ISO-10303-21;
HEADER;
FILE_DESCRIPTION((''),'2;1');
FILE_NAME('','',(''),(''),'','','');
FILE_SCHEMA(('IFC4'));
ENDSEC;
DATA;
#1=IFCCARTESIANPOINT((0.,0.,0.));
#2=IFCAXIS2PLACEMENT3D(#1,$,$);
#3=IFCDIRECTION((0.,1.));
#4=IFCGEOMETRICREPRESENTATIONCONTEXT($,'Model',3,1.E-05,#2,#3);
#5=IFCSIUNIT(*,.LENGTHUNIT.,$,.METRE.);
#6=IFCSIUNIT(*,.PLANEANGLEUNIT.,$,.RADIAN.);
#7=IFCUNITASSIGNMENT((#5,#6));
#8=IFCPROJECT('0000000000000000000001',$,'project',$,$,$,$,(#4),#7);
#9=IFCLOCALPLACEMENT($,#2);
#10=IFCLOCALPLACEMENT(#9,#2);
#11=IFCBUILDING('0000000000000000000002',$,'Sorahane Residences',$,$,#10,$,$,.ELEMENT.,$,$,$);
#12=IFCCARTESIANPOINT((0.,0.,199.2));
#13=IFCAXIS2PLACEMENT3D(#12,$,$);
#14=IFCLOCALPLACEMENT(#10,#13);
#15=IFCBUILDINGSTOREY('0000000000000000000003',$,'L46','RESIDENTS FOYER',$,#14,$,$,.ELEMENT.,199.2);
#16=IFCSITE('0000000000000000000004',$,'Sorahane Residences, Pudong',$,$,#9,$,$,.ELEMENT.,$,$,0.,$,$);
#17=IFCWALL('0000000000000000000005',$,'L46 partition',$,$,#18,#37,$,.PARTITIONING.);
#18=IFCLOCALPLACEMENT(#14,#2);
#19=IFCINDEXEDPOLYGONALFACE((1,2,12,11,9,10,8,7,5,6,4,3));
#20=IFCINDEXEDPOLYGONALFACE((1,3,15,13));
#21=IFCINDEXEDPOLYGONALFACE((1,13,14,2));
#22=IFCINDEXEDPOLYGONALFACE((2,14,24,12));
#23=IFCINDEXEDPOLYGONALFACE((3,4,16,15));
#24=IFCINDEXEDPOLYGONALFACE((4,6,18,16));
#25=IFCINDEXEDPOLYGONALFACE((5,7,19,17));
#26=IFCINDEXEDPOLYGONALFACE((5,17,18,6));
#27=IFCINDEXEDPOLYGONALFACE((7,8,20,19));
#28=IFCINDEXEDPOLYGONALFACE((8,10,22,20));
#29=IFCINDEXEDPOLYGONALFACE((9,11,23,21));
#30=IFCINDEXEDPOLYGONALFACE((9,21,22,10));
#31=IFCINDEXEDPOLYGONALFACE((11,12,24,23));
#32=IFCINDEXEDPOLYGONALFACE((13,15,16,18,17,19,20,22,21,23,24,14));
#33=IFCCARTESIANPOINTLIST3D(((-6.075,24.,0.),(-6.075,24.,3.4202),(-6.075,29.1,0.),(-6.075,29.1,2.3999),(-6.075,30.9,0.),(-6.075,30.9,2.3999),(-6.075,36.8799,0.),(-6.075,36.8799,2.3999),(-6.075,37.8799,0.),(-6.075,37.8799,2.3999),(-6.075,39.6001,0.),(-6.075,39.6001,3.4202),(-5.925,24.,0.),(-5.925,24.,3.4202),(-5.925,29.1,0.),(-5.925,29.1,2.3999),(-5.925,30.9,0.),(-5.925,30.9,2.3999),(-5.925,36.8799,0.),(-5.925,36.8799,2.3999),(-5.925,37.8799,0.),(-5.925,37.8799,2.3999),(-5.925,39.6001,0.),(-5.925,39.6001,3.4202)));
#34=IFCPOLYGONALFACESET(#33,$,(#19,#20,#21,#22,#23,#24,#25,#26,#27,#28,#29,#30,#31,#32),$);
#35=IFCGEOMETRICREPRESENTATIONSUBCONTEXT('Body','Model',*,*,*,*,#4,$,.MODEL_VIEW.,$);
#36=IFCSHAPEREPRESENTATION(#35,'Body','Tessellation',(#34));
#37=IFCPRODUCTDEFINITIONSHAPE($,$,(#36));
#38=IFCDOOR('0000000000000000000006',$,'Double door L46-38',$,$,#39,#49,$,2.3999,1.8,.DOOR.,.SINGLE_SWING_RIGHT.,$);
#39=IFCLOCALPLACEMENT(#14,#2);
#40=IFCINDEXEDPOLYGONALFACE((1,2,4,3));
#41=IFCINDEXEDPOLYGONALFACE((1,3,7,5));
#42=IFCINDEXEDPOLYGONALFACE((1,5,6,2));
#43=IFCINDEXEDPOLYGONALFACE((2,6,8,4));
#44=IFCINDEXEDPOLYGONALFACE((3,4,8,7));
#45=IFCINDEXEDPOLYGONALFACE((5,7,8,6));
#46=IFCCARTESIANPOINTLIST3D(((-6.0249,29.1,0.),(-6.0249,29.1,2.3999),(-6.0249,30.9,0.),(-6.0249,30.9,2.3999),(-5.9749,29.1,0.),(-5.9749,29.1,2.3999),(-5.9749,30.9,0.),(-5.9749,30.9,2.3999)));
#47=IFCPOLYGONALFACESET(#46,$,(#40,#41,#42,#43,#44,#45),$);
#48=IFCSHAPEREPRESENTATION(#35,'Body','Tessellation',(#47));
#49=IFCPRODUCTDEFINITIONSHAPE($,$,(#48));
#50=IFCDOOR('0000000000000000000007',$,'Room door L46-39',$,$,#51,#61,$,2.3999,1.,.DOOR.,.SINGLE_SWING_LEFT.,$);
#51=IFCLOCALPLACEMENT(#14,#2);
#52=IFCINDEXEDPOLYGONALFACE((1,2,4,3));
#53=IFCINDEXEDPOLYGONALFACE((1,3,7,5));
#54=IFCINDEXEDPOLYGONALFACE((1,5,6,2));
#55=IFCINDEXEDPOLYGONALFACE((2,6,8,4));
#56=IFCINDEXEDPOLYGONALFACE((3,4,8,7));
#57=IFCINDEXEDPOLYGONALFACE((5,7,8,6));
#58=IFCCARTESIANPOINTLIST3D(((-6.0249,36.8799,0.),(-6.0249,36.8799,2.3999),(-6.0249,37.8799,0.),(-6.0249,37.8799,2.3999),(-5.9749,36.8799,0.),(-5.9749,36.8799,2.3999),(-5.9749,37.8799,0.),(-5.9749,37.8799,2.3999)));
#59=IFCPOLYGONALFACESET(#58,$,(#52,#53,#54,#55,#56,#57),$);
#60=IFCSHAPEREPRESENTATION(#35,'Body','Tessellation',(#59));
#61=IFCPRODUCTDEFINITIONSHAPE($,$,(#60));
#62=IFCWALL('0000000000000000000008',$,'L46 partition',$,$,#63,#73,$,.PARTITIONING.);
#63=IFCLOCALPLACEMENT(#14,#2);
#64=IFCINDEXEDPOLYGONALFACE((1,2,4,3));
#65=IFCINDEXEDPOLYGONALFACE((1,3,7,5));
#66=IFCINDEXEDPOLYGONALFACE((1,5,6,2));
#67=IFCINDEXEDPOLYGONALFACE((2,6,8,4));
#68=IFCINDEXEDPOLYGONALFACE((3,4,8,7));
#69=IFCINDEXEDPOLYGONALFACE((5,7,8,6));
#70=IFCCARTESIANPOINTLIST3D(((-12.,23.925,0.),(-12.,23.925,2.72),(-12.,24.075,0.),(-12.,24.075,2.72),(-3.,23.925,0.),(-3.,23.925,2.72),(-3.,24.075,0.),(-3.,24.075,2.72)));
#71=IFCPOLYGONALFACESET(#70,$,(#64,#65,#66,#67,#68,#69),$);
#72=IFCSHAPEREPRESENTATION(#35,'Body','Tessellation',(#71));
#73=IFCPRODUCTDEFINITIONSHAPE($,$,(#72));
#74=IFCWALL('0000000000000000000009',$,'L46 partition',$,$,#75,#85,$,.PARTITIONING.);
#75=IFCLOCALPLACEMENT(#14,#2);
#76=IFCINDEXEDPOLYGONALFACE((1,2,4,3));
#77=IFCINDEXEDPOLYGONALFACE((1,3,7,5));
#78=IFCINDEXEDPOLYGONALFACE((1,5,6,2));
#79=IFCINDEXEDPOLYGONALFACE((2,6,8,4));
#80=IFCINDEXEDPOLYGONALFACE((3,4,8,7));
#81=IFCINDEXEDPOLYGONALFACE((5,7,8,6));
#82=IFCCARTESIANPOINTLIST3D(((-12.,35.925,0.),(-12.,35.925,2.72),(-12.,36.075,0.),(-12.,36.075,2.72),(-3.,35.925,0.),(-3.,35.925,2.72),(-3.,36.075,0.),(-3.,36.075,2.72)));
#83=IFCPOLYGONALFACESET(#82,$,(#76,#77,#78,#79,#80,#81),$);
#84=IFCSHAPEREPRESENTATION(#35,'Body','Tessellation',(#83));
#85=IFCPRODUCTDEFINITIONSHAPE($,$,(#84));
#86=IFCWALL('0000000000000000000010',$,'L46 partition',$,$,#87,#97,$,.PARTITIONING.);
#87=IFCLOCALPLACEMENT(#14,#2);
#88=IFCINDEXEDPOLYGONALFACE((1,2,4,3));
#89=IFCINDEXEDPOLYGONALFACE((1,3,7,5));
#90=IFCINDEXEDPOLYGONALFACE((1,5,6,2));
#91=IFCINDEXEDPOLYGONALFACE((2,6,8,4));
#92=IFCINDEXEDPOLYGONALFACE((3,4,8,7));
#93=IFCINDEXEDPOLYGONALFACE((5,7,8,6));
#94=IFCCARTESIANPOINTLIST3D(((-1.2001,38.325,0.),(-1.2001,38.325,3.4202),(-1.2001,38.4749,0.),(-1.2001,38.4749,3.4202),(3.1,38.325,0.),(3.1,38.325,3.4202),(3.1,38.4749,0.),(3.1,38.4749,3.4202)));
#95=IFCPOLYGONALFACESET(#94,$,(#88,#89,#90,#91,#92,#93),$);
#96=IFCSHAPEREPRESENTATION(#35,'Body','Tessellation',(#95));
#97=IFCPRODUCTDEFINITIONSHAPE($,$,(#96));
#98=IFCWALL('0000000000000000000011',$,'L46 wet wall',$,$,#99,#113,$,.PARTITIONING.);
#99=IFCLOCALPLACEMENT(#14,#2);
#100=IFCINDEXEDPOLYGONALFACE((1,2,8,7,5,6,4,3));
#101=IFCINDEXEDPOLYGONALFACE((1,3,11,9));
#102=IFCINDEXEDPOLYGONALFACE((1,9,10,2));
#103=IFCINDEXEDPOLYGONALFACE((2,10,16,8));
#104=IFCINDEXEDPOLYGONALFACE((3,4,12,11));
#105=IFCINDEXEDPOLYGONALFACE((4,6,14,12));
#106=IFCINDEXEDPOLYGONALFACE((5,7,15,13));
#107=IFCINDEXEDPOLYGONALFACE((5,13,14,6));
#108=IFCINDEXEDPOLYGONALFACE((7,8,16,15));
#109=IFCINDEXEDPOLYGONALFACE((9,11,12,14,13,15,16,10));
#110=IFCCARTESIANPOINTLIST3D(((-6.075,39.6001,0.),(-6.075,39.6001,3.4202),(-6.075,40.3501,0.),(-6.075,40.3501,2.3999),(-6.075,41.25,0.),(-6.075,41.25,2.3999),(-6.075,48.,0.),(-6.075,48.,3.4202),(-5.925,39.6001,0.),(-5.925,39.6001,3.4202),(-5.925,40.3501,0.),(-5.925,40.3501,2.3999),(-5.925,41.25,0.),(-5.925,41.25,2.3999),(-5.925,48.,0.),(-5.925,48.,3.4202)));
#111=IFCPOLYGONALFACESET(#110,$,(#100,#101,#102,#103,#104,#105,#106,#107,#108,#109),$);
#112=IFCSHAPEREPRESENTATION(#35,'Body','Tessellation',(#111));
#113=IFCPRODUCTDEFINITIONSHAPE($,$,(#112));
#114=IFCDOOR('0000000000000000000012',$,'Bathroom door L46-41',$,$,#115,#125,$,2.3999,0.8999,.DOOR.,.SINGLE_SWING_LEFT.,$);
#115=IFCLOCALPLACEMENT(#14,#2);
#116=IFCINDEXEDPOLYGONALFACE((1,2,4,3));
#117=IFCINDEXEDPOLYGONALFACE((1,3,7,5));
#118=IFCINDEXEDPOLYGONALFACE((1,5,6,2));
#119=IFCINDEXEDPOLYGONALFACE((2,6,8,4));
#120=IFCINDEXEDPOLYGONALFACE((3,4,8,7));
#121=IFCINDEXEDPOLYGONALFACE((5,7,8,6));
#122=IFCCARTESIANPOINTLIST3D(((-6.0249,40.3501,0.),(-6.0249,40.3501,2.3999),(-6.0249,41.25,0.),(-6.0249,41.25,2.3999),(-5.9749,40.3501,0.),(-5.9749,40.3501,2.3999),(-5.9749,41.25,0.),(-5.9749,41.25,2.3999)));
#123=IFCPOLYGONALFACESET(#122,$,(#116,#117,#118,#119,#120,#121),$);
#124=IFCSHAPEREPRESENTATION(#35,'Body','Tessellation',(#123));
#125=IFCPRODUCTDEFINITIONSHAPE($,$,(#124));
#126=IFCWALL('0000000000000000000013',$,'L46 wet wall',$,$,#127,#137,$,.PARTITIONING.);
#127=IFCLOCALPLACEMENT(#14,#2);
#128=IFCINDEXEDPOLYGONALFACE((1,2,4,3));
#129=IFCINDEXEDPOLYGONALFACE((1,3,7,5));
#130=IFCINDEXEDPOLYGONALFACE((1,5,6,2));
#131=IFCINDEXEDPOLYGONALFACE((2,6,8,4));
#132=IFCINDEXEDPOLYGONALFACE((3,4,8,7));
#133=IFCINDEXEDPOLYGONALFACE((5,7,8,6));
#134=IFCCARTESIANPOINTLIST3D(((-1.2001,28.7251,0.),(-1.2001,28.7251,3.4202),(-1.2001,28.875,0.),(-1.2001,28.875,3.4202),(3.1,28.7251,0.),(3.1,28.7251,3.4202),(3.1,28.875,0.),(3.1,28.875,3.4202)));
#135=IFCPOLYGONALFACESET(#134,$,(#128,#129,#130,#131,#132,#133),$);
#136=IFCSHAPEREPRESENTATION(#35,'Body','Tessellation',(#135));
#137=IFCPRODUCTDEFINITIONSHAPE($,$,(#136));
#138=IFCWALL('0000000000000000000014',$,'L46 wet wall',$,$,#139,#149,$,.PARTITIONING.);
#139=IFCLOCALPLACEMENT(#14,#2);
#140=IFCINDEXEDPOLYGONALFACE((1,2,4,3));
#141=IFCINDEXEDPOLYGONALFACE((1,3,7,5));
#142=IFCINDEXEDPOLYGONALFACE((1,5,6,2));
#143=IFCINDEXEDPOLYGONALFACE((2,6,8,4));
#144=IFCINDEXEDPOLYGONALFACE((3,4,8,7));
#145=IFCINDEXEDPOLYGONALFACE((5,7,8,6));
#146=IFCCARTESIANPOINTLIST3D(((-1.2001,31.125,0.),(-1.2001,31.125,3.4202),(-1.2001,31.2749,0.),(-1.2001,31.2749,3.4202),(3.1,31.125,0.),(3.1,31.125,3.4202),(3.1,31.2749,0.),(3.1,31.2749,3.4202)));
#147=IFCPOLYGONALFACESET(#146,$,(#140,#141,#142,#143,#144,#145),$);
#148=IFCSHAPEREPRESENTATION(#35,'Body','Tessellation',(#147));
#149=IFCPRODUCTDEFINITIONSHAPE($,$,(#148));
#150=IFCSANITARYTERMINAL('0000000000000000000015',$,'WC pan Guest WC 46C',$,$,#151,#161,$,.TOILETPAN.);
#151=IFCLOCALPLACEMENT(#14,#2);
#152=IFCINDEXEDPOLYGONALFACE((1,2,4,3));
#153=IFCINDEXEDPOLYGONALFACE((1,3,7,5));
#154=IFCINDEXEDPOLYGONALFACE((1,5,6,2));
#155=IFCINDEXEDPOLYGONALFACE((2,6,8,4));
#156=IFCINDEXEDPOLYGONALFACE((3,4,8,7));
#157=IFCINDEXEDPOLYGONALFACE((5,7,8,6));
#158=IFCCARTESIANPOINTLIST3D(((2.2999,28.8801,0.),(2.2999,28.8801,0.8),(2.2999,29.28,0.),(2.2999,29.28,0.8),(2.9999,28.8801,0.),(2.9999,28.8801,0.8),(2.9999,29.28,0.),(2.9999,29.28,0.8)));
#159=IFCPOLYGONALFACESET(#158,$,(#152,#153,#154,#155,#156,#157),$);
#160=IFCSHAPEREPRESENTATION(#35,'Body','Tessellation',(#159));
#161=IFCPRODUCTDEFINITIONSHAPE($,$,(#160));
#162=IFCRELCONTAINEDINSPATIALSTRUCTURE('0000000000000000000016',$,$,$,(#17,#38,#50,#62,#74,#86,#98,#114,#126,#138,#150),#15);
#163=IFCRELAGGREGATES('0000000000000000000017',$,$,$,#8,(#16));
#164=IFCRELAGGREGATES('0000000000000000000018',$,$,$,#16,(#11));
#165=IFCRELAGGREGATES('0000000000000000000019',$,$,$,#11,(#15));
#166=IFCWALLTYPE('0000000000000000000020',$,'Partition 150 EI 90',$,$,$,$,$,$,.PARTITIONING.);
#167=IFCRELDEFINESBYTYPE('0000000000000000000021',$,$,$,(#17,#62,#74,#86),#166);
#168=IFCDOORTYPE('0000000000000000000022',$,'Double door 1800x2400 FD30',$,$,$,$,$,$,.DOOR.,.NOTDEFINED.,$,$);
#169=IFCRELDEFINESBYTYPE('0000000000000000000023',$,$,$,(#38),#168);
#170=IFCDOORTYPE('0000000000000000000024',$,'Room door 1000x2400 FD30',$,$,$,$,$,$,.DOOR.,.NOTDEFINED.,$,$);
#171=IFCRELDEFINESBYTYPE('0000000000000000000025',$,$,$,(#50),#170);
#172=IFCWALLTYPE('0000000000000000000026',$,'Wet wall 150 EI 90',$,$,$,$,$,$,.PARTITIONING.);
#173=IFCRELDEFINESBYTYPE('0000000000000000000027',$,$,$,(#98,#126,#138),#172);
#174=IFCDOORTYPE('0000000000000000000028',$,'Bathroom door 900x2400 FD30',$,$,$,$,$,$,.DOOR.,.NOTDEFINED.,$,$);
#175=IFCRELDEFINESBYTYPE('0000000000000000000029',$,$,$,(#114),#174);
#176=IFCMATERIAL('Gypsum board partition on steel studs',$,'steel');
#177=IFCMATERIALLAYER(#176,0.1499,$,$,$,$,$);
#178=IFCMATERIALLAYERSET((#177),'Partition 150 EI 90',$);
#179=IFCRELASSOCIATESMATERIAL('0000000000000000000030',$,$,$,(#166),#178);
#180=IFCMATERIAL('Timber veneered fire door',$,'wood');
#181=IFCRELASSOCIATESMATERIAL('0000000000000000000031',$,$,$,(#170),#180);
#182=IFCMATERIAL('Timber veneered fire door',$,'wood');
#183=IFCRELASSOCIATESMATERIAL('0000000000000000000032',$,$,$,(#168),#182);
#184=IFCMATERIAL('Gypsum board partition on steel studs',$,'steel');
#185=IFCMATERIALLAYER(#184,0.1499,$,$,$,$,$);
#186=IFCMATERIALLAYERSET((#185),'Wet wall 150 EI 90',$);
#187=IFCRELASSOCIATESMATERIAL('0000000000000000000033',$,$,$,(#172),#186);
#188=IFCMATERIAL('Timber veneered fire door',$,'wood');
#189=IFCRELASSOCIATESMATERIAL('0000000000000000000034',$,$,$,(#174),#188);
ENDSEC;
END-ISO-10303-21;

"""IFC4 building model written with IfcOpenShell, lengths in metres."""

from ifc_helpers import new_model, si_unit, direction, frame, frame_2d, origin, origin_2d, place, context, subcontext, project, spatial, rectangle, extrude, material, layer, layer_set, type_object, element, fill, save


model = new_model("IFC4")

# Units and contexts
model_context = context("Model", 3, precision=1e-05, world=origin(), true_north=direction((0.0, 1.0)))
body_context = subcontext(model_context, "Body", "Model", "MODEL_VIEW")
ifc_project = project(units=[si_unit("LENGTHUNIT", "METRE"), si_unit("PLANEANGLEUNIT", "RADIAN")], contexts=[model_context])

# Site, building, storey
site_placement = place(None, origin())
site = spatial("IfcSite", under=ifc_project, at=site_placement, Name="Sorahane Residences, Pudong", CompositionType="ELEMENT", RefElevation=0.0)
building_placement = place(site_placement, origin())
building = spatial("IfcBuilding", under=site, at=building_placement, Name="Sorahane Residences", CompositionType="ELEMENT")
storey_placement = place(building_placement, frame((0.0, 0.0, 199.2)))
storey = spatial("IfcBuildingStorey", under=building, at=storey_placement, Name="L46", Description="RESIDENTS FOYER", CompositionType="ELEMENT", Elevation=199.2)

# Wall, openings, doors
ifc_material_1 = material(Name="Gypsum board partition on steel studs", Category="steel")
ifc_layer_1 = layer(ifc_material_1, 0.1499)
ifc_layer_set_1 = layer_set([ifc_layer_1], Name="Partition 150 EI 90")
wall_type_1 = type_object("IfcWallType", Name="Partition 150 EI 90", PredefinedType="PARTITIONING", material=ifc_layer_set_1)
ifc_material_2 = material(Name="Timber veneered fire door", Category="wood")
door_type_1 = type_object("IfcDoorType", Name="Room door 1000x2400 FD30", OperationType="NOTDEFINED", PredefinedType="DOOR", material=ifc_material_2)
wall_1_placement = place(storey_placement, frame((-6.0, 24.0, 0.0), z_axis=(0.0, 0.0, 1.0), x_axis=(0.0, 1.0, 0.0)))
wall_1 = element("IfcWall", 1, at=wall_1_placement, inside=storey, type_object=wall_type_1, Name="L46 partition", PredefinedType="PARTITIONING", context=body_context, shape_type="SweptSolid", body=[
    extrude(rectangle(XDim=15.6001, YDim=0.1499, at=frame_2d((7.8, 0.0))), origin(), (0.0, 0.0, 1.0), 3.4202),
])
opening_1_placement = place(wall_1_placement, frame((5.1001, 0.0, 0.0)))
opening_1 = element("IfcOpeningElement", 2, at=opening_1_placement, cuts=wall_1, PredefinedType="OPENING", context=body_context, shape_type="SweptSolid", body=[
    extrude(rectangle(XDim=1.8, YDim=2.3999, at=frame_2d((0.8999, 1.2))), frame((0.0, 0.085, 0.0), z_axis=(0.0, -1.0, 0.0), x_axis=(1.0, 0.0, 0.0)), (0.0, 0.0, 1.0), 0.1699),
])
opening_2_placement = place(wall_1_placement, frame((12.8799, 0.0, 0.0)))
opening_2 = element("IfcOpeningElement", 3, at=opening_2_placement, cuts=wall_1, PredefinedType="OPENING", context=body_context, shape_type="SweptSolid", body=[
    extrude(rectangle(XDim=1.0, YDim=2.3999, at=frame_2d((0.5, 1.2))), frame((0.0, 0.085, 0.0), z_axis=(0.0, -1.0, 0.0), x_axis=(1.0, 0.0, 0.0)), (0.0, 0.0, 1.0), 0.1699),
])
ifc_material_3 = material(Name="Timber veneered fire door", Category="wood")
door_type_2 = type_object("IfcDoorType", Name="Double door 1800x2400 FD30", OperationType="NOTDEFINED", PredefinedType="DOOR", material=ifc_material_3)
door_1_placement = place(opening_1_placement, origin())
door_1 = element("IfcDoor", 4, at=door_1_placement, inside=storey, type_object=door_type_2, Name="Double door L46-38", OperationType="SINGLE_SWING_RIGHT", OverallHeight=2.3999, OverallWidth=1.8, PredefinedType="DOOR", context=body_context, shape_type="SweptSolid", body=[
    extrude(rectangle(XDim=1.8, YDim=2.3999, at=frame_2d((0.8999, 1.2))), frame((0.0, 0.0249, 0.0), z_axis=(0.0, -1.0, 0.0), x_axis=(1.0, 0.0, 0.0)), (0.0, 0.0, 1.0), 0.05),
])
fill(opening_1, door_1)
door_2_placement = place(opening_2_placement, origin())
door_2 = element("IfcDoor", 5, at=door_2_placement, inside=storey, type_object=door_type_1, Name="Room door L46-39", OperationType="SINGLE_SWING_LEFT", OverallHeight=2.3999, OverallWidth=1.0, PredefinedType="DOOR", context=body_context, shape_type="SweptSolid", body=[
    extrude(rectangle(XDim=1.0, YDim=2.3999, at=frame_2d((0.5, 1.2))), frame((0.0, 0.0249, 0.0), z_axis=(0.0, -1.0, 0.0), x_axis=(1.0, 0.0, 0.0)), (0.0, 0.0, 1.0), 0.05),
])
fill(opening_2, door_2)

# Walls
for number, where, z_axis, x_axis, name in (
    (6, (-12.0, 24.0, 0.0), (0.0, 0.0, 1.0), (1.0, 0.0, 0.0), "L46 partition"),
    (7, (-12.0, 36.0, 0.0), (0.0, 0.0, 1.0), (1.0, 0.0, 0.0), "L46 partition"),
):
    element("IfcWall", number, at=place(storey_placement, frame(where, z_axis=z_axis, x_axis=x_axis)), inside=storey, type_object=wall_type_1, Name=name, PredefinedType="PARTITIONING", context=body_context, shape_type="SweptSolid", body=[
        extrude(rectangle(XDim=9.0, YDim=0.1499, at=frame_2d((4.5, 0.0))), origin(), (0.0, 0.0, 1.0), 2.72),
    ])
wall_2_placement = place(storey_placement, frame((-1.2, 38.3999, 0.0), z_axis=(0.0, 0.0, 1.0), x_axis=(1.0, 0.0, 0.0)))
element("IfcWall", 8, at=wall_2_placement, inside=storey, type_object=wall_type_1, Name="L46 partition", PredefinedType="PARTITIONING", context=body_context, shape_type="SweptSolid", body=[
    extrude(rectangle(XDim=4.3, YDim=0.1499, at=frame_2d((2.1499, 0.0))), origin(), (0.0, 0.0, 1.0), 3.4202),
])

# Wall, opening, door
ifc_material_4 = material(Name="Gypsum board partition on steel studs", Category="steel")
ifc_layer_2 = layer(ifc_material_4, 0.1499)
ifc_layer_set_2 = layer_set([ifc_layer_2], Name="Wet wall 150 EI 90")
wall_type_2 = type_object("IfcWallType", Name="Wet wall 150 EI 90", PredefinedType="PARTITIONING", material=ifc_layer_set_2)
ifc_material_5 = material(Name="Timber veneered fire door", Category="wood")
door_type_3 = type_object("IfcDoorType", Name="Bathroom door 900x2400 FD30", OperationType="NOTDEFINED", PredefinedType="DOOR", material=ifc_material_5)
wall_3_placement = place(storey_placement, frame((-6.0, 39.6001, 0.0), z_axis=(0.0, 0.0, 1.0), x_axis=(0.0, 1.0, 0.0)))
wall_3 = element("IfcWall", 9, at=wall_3_placement, inside=storey, type_object=wall_type_2, Name="L46 wet wall", PredefinedType="PARTITIONING", context=body_context, shape_type="SweptSolid", body=[
    extrude(rectangle(XDim=8.3999, YDim=0.1499, at=frame_2d((4.2, 0.0))), origin(), (0.0, 0.0, 1.0), 3.4202),
])
opening_3_placement = place(wall_3_placement, frame((0.75, 0.0, 0.0)))
opening_3 = element("IfcOpeningElement", 10, at=opening_3_placement, cuts=wall_3, PredefinedType="OPENING", context=body_context, shape_type="SweptSolid", body=[
    extrude(rectangle(XDim=0.8999, YDim=2.3999, at=frame_2d((0.45, 1.2))), frame((0.0, 0.085, 0.0), z_axis=(0.0, -1.0, 0.0), x_axis=(1.0, 0.0, 0.0)), (0.0, 0.0, 1.0), 0.1699),
])
door_3_placement = place(opening_3_placement, origin())
door_3 = element("IfcDoor", 11, at=door_3_placement, inside=storey, type_object=door_type_3, Name="Bathroom door L46-41", OperationType="SINGLE_SWING_LEFT", OverallHeight=2.3999, OverallWidth=0.8999, PredefinedType="DOOR", context=body_context, shape_type="SweptSolid", body=[
    extrude(rectangle(XDim=0.8999, YDim=2.3999, at=frame_2d((0.45, 1.2))), frame((0.0, 0.0249, 0.0), z_axis=(0.0, -1.0, 0.0), x_axis=(1.0, 0.0, 0.0)), (0.0, 0.0, 1.0), 0.05),
])
fill(opening_3, door_3)

# Walls
for number, where, z_axis, x_axis, name in (
    (12, (-1.2, 28.8, 0.0), (0.0, 0.0, 1.0), (1.0, 0.0, 0.0), "L46 wet wall"),
    (13, (-1.2, 31.2, 0.0), (0.0, 0.0, 1.0), (1.0, 0.0, 0.0), "L46 wet wall"),
):
    element("IfcWall", number, at=place(storey_placement, frame(where, z_axis=z_axis, x_axis=x_axis)), inside=storey, type_object=wall_type_2, Name=name, PredefinedType="PARTITIONING", context=body_context, shape_type="SweptSolid", body=[
        extrude(rectangle(XDim=4.3, YDim=0.1499, at=frame_2d((2.1499, 0.0))), origin(), (0.0, 0.0, 1.0), 3.4202),
    ])

# Sanitary terminal
sanitary_terminal_placement = place(storey_placement, frame((2.6499, 29.0801, 0.0), z_axis=(0.0, 0.0, 1.0), x_axis=(0.0, -1.0, 0.0)))
element("IfcSanitaryTerminal", 14, at=sanitary_terminal_placement, inside=storey, Name="WC pan Guest WC 46C", PredefinedType="TOILETPAN", context=body_context, shape_type="SweptSolid", body=[
    extrude(rectangle(XDim=0.3999, YDim=0.7, at=origin_2d()), origin(), (0.0, 0.0, 1.0), 0.8),
])

save(model, "model.ifc")
